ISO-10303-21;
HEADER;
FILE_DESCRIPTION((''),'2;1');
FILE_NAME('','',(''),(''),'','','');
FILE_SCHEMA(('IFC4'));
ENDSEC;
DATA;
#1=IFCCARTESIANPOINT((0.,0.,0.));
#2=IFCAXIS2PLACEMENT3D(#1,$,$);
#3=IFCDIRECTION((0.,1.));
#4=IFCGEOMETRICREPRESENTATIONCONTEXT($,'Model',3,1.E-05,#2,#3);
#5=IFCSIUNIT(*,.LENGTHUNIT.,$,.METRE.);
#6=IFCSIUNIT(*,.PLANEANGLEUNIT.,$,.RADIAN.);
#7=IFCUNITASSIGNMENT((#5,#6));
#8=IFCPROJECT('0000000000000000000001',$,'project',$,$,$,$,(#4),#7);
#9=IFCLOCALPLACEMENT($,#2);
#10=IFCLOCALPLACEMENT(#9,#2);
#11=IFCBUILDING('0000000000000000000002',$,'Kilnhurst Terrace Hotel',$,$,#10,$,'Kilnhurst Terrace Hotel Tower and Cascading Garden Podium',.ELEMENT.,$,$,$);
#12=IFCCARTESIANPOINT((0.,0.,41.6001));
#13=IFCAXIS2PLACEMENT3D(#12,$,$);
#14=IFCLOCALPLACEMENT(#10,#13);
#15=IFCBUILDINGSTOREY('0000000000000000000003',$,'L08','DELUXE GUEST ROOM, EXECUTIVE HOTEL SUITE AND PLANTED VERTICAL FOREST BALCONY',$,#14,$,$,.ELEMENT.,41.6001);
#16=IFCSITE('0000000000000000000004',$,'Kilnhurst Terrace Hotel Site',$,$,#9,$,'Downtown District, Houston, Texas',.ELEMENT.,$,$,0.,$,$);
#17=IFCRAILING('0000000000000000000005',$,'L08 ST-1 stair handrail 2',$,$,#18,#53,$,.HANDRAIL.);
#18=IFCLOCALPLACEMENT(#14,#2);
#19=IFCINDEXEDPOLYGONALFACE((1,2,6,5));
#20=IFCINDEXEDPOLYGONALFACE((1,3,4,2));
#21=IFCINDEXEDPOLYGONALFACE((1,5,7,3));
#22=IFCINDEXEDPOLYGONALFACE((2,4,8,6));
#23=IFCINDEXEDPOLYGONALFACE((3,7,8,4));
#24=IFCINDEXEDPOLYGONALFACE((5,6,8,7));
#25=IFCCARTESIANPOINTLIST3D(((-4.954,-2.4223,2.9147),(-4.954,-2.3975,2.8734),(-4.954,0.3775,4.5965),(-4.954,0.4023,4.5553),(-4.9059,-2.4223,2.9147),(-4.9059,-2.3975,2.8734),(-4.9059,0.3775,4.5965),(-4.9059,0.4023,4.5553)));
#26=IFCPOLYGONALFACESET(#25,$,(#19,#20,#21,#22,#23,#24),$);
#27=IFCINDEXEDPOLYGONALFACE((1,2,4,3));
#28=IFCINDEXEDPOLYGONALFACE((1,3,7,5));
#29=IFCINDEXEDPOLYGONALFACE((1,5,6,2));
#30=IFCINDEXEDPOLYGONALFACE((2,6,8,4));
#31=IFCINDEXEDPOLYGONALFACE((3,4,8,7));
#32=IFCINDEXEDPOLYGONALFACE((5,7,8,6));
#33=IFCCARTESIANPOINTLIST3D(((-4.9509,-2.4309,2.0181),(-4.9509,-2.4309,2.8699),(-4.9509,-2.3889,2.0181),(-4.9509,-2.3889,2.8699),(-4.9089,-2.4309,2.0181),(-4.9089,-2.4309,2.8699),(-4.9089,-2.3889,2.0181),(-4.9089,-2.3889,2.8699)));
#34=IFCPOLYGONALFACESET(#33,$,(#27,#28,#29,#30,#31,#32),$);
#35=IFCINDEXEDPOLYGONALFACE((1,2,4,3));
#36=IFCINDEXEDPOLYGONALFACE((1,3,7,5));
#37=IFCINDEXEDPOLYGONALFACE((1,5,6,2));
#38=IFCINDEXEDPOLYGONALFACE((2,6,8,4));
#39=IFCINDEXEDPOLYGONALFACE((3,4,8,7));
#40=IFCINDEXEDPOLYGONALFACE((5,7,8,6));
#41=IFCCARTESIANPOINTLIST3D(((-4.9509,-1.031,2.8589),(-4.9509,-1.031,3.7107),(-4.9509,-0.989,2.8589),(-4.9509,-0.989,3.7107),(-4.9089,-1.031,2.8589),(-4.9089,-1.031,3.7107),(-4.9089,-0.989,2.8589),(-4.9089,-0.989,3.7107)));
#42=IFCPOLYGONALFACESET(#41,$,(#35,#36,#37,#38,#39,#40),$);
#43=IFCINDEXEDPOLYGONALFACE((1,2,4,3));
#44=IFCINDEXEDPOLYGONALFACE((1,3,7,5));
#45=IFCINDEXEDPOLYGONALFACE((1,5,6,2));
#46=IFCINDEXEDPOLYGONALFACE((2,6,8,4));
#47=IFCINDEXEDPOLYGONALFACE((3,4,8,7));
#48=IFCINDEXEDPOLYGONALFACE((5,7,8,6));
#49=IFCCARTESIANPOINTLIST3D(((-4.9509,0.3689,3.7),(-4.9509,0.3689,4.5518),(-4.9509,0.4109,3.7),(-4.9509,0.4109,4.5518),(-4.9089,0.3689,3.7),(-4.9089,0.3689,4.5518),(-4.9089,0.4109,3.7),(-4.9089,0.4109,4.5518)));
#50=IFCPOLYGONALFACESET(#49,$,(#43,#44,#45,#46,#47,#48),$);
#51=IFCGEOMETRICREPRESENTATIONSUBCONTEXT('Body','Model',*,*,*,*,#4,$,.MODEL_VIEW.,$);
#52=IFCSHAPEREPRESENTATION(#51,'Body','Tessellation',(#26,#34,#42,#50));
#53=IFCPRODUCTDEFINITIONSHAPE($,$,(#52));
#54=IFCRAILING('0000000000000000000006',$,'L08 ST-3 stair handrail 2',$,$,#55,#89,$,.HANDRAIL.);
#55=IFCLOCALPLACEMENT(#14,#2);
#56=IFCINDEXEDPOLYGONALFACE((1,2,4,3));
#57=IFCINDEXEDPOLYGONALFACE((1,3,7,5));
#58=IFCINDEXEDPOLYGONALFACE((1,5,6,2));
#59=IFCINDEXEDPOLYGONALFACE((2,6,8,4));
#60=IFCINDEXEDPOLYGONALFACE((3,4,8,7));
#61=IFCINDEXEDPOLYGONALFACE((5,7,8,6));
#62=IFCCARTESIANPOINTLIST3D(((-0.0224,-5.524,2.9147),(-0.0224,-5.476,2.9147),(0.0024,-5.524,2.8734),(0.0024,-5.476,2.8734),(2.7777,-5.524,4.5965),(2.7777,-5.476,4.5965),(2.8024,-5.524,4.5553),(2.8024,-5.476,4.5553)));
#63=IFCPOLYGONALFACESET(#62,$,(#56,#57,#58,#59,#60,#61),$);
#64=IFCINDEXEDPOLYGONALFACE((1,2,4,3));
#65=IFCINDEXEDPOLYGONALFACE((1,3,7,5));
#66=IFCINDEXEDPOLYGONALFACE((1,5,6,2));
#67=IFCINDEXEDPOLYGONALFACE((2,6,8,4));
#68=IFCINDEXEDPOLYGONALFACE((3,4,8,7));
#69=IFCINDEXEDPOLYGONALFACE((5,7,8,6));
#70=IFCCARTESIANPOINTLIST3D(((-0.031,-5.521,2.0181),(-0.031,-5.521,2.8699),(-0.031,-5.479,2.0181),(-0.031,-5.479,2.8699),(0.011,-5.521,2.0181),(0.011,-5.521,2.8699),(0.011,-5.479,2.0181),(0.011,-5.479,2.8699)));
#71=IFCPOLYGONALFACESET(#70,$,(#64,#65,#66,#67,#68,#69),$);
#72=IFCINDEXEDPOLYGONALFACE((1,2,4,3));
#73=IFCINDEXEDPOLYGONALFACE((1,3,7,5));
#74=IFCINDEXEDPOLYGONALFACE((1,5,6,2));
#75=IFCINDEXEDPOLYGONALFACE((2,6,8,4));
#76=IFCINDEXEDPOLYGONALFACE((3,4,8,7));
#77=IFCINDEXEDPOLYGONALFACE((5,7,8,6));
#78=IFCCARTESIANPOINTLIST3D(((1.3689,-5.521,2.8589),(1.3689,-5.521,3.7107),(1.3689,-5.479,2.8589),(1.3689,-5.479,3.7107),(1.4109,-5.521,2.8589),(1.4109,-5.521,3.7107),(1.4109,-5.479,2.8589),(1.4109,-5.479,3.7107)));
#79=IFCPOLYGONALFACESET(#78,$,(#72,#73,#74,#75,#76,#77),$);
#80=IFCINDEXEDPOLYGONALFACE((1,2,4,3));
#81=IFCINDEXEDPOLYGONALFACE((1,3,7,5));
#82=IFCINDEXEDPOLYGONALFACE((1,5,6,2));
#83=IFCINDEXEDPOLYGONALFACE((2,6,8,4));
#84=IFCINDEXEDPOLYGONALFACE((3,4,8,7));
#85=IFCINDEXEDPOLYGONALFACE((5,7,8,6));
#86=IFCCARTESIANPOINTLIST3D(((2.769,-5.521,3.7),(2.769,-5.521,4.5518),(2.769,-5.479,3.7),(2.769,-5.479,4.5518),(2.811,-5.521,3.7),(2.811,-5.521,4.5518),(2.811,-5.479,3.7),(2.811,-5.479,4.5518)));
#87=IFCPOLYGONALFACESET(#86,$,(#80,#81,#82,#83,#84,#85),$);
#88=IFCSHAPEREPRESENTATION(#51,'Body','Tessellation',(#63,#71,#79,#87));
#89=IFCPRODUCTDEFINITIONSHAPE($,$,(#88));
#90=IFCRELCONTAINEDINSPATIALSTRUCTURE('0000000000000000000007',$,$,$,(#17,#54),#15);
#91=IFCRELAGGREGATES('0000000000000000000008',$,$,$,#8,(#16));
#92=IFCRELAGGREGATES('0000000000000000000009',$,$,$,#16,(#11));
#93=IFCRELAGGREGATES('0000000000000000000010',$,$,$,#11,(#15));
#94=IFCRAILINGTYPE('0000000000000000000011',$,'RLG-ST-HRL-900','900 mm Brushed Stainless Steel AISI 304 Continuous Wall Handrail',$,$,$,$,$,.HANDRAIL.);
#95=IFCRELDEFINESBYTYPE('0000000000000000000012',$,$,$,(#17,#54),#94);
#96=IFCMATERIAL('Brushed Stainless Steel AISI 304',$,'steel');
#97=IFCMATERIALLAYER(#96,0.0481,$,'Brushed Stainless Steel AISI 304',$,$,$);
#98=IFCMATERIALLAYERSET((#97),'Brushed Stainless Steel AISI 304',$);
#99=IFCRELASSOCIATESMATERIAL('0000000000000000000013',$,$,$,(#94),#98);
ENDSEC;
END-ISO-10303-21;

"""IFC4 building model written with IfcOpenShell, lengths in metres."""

from ifc_helpers import new_model, si_unit, direction, frame, origin, origin_2d, place, context, subcontext, project, spatial, rectangle, extrude, material, layer, layer_set, type_object, element, save


model = new_model("IFC4")

# Units and contexts
model_context = context("Model", 3, precision=1e-05, world=origin(), true_north=direction((0.0, 1.0)))
body_context = subcontext(model_context, "Body", "Model", "MODEL_VIEW")
ifc_project = project(units=[si_unit("LENGTHUNIT", "METRE"), si_unit("PLANEANGLEUNIT", "RADIAN")], contexts=[model_context])

# Site, building, storey
site_placement = place(None, origin())
site = spatial("IfcSite", under=ifc_project, at=site_placement, Name="Kilnhurst Terrace Hotel Site", LongName="Downtown District, Houston, Texas", CompositionType="ELEMENT", RefElevation=0.0)
building_placement = place(site_placement, origin())
building = spatial("IfcBuilding", under=site, at=building_placement, Name="Kilnhurst Terrace Hotel", LongName="Kilnhurst Terrace Hotel Tower and Cascading Garden Podium", CompositionType="ELEMENT")
storey_placement = place(building_placement, frame((0.0, 0.0, 41.6001)))
storey = spatial("IfcBuildingStorey", under=building, at=storey_placement, Name="L08", Description="DELUXE GUEST ROOM, EXECUTIVE HOTEL SUITE AND PLANTED VERTICAL FOREST BALCONY", CompositionType="ELEMENT", Elevation=41.6001)

# Railings
ifc_material_1 = material(Name="Brushed Stainless Steel AISI 304", Category="steel")
ifc_layer_1 = layer(ifc_material_1, 0.0481, Name="Brushed Stainless Steel AISI 304")
ifc_layer_set_1 = layer_set([ifc_layer_1], Name="Brushed Stainless Steel AISI 304")
railing_type_1 = type_object("IfcRailingType", Name="RLG-ST-HRL-900", Description="900 mm Brushed Stainless Steel AISI 304 Continuous Wall Handrail", PredefinedType="HANDRAIL", material=ifc_layer_set_1)
railing_1_placement = place(storey_placement, frame((-4.9299, -2.4099, 2.0181)))
element("IfcRailing", 1, at=railing_1_placement, inside=storey, type_object=railing_type_1, Name="L08 ST-1 stair handrail 2", PredefinedType="HANDRAIL", context=body_context, shape_type="SweptSolid", body=[
    extrude(rectangle(XDim=0.0481, YDim=0.0481, at=origin_2d()), frame((0.0, 0.0, 0.876), z_axis=(0.0, 0.857222, 0.514946), x_axis=(-1.0, 0.0, 0.0)), (0.0, 0.0, 1.0), 3.2661),
    extrude(rectangle(XDim=0.042, YDim=0.042, at=origin_2d()), origin(), (0.0, 0.0, 1.0), 0.8518),
    extrude(rectangle(XDim=0.042, YDim=0.042, at=origin_2d()), frame((0.0, 1.3999, 0.8408)), (0.0, 0.0, 1.0), 0.8518),
    extrude(rectangle(XDim=0.042, YDim=0.042, at=origin_2d()), frame((0.0, 2.7998, 1.6819)), (0.0, 0.0, 1.0), 0.8518),
])
railing_2_placement = place(storey_placement, frame((-0.01, -5.5, 2.0181)))
element("IfcRailing", 2, at=railing_2_placement, inside=storey, type_object=railing_type_1, Name="L08 ST-3 stair handrail 2", PredefinedType="HANDRAIL", context=body_context, shape_type="SweptSolid", body=[
    extrude(rectangle(XDim=0.0481, YDim=0.0481, at=origin_2d()), frame((0.0, 0.0, 0.876), z_axis=(0.857242, 0.0, 0.514913), x_axis=(0.0, 1.0, 0.0)), (0.0, 0.0, 1.0), 3.2664),
    extrude(rectangle(XDim=0.042, YDim=0.042, at=origin_2d()), origin(), (0.0, 0.0, 1.0), 0.8518),
    extrude(rectangle(XDim=0.042, YDim=0.042, at=origin_2d()), frame((1.3999, 0.0, 0.8408)), (0.0, 0.0, 1.0), 0.8518),
    extrude(rectangle(XDim=0.042, YDim=0.042, at=origin_2d()), frame((2.8, 0.0, 1.6819)), (0.0, 0.0, 1.0), 0.8518),
])

save(model, "model.ifc")
